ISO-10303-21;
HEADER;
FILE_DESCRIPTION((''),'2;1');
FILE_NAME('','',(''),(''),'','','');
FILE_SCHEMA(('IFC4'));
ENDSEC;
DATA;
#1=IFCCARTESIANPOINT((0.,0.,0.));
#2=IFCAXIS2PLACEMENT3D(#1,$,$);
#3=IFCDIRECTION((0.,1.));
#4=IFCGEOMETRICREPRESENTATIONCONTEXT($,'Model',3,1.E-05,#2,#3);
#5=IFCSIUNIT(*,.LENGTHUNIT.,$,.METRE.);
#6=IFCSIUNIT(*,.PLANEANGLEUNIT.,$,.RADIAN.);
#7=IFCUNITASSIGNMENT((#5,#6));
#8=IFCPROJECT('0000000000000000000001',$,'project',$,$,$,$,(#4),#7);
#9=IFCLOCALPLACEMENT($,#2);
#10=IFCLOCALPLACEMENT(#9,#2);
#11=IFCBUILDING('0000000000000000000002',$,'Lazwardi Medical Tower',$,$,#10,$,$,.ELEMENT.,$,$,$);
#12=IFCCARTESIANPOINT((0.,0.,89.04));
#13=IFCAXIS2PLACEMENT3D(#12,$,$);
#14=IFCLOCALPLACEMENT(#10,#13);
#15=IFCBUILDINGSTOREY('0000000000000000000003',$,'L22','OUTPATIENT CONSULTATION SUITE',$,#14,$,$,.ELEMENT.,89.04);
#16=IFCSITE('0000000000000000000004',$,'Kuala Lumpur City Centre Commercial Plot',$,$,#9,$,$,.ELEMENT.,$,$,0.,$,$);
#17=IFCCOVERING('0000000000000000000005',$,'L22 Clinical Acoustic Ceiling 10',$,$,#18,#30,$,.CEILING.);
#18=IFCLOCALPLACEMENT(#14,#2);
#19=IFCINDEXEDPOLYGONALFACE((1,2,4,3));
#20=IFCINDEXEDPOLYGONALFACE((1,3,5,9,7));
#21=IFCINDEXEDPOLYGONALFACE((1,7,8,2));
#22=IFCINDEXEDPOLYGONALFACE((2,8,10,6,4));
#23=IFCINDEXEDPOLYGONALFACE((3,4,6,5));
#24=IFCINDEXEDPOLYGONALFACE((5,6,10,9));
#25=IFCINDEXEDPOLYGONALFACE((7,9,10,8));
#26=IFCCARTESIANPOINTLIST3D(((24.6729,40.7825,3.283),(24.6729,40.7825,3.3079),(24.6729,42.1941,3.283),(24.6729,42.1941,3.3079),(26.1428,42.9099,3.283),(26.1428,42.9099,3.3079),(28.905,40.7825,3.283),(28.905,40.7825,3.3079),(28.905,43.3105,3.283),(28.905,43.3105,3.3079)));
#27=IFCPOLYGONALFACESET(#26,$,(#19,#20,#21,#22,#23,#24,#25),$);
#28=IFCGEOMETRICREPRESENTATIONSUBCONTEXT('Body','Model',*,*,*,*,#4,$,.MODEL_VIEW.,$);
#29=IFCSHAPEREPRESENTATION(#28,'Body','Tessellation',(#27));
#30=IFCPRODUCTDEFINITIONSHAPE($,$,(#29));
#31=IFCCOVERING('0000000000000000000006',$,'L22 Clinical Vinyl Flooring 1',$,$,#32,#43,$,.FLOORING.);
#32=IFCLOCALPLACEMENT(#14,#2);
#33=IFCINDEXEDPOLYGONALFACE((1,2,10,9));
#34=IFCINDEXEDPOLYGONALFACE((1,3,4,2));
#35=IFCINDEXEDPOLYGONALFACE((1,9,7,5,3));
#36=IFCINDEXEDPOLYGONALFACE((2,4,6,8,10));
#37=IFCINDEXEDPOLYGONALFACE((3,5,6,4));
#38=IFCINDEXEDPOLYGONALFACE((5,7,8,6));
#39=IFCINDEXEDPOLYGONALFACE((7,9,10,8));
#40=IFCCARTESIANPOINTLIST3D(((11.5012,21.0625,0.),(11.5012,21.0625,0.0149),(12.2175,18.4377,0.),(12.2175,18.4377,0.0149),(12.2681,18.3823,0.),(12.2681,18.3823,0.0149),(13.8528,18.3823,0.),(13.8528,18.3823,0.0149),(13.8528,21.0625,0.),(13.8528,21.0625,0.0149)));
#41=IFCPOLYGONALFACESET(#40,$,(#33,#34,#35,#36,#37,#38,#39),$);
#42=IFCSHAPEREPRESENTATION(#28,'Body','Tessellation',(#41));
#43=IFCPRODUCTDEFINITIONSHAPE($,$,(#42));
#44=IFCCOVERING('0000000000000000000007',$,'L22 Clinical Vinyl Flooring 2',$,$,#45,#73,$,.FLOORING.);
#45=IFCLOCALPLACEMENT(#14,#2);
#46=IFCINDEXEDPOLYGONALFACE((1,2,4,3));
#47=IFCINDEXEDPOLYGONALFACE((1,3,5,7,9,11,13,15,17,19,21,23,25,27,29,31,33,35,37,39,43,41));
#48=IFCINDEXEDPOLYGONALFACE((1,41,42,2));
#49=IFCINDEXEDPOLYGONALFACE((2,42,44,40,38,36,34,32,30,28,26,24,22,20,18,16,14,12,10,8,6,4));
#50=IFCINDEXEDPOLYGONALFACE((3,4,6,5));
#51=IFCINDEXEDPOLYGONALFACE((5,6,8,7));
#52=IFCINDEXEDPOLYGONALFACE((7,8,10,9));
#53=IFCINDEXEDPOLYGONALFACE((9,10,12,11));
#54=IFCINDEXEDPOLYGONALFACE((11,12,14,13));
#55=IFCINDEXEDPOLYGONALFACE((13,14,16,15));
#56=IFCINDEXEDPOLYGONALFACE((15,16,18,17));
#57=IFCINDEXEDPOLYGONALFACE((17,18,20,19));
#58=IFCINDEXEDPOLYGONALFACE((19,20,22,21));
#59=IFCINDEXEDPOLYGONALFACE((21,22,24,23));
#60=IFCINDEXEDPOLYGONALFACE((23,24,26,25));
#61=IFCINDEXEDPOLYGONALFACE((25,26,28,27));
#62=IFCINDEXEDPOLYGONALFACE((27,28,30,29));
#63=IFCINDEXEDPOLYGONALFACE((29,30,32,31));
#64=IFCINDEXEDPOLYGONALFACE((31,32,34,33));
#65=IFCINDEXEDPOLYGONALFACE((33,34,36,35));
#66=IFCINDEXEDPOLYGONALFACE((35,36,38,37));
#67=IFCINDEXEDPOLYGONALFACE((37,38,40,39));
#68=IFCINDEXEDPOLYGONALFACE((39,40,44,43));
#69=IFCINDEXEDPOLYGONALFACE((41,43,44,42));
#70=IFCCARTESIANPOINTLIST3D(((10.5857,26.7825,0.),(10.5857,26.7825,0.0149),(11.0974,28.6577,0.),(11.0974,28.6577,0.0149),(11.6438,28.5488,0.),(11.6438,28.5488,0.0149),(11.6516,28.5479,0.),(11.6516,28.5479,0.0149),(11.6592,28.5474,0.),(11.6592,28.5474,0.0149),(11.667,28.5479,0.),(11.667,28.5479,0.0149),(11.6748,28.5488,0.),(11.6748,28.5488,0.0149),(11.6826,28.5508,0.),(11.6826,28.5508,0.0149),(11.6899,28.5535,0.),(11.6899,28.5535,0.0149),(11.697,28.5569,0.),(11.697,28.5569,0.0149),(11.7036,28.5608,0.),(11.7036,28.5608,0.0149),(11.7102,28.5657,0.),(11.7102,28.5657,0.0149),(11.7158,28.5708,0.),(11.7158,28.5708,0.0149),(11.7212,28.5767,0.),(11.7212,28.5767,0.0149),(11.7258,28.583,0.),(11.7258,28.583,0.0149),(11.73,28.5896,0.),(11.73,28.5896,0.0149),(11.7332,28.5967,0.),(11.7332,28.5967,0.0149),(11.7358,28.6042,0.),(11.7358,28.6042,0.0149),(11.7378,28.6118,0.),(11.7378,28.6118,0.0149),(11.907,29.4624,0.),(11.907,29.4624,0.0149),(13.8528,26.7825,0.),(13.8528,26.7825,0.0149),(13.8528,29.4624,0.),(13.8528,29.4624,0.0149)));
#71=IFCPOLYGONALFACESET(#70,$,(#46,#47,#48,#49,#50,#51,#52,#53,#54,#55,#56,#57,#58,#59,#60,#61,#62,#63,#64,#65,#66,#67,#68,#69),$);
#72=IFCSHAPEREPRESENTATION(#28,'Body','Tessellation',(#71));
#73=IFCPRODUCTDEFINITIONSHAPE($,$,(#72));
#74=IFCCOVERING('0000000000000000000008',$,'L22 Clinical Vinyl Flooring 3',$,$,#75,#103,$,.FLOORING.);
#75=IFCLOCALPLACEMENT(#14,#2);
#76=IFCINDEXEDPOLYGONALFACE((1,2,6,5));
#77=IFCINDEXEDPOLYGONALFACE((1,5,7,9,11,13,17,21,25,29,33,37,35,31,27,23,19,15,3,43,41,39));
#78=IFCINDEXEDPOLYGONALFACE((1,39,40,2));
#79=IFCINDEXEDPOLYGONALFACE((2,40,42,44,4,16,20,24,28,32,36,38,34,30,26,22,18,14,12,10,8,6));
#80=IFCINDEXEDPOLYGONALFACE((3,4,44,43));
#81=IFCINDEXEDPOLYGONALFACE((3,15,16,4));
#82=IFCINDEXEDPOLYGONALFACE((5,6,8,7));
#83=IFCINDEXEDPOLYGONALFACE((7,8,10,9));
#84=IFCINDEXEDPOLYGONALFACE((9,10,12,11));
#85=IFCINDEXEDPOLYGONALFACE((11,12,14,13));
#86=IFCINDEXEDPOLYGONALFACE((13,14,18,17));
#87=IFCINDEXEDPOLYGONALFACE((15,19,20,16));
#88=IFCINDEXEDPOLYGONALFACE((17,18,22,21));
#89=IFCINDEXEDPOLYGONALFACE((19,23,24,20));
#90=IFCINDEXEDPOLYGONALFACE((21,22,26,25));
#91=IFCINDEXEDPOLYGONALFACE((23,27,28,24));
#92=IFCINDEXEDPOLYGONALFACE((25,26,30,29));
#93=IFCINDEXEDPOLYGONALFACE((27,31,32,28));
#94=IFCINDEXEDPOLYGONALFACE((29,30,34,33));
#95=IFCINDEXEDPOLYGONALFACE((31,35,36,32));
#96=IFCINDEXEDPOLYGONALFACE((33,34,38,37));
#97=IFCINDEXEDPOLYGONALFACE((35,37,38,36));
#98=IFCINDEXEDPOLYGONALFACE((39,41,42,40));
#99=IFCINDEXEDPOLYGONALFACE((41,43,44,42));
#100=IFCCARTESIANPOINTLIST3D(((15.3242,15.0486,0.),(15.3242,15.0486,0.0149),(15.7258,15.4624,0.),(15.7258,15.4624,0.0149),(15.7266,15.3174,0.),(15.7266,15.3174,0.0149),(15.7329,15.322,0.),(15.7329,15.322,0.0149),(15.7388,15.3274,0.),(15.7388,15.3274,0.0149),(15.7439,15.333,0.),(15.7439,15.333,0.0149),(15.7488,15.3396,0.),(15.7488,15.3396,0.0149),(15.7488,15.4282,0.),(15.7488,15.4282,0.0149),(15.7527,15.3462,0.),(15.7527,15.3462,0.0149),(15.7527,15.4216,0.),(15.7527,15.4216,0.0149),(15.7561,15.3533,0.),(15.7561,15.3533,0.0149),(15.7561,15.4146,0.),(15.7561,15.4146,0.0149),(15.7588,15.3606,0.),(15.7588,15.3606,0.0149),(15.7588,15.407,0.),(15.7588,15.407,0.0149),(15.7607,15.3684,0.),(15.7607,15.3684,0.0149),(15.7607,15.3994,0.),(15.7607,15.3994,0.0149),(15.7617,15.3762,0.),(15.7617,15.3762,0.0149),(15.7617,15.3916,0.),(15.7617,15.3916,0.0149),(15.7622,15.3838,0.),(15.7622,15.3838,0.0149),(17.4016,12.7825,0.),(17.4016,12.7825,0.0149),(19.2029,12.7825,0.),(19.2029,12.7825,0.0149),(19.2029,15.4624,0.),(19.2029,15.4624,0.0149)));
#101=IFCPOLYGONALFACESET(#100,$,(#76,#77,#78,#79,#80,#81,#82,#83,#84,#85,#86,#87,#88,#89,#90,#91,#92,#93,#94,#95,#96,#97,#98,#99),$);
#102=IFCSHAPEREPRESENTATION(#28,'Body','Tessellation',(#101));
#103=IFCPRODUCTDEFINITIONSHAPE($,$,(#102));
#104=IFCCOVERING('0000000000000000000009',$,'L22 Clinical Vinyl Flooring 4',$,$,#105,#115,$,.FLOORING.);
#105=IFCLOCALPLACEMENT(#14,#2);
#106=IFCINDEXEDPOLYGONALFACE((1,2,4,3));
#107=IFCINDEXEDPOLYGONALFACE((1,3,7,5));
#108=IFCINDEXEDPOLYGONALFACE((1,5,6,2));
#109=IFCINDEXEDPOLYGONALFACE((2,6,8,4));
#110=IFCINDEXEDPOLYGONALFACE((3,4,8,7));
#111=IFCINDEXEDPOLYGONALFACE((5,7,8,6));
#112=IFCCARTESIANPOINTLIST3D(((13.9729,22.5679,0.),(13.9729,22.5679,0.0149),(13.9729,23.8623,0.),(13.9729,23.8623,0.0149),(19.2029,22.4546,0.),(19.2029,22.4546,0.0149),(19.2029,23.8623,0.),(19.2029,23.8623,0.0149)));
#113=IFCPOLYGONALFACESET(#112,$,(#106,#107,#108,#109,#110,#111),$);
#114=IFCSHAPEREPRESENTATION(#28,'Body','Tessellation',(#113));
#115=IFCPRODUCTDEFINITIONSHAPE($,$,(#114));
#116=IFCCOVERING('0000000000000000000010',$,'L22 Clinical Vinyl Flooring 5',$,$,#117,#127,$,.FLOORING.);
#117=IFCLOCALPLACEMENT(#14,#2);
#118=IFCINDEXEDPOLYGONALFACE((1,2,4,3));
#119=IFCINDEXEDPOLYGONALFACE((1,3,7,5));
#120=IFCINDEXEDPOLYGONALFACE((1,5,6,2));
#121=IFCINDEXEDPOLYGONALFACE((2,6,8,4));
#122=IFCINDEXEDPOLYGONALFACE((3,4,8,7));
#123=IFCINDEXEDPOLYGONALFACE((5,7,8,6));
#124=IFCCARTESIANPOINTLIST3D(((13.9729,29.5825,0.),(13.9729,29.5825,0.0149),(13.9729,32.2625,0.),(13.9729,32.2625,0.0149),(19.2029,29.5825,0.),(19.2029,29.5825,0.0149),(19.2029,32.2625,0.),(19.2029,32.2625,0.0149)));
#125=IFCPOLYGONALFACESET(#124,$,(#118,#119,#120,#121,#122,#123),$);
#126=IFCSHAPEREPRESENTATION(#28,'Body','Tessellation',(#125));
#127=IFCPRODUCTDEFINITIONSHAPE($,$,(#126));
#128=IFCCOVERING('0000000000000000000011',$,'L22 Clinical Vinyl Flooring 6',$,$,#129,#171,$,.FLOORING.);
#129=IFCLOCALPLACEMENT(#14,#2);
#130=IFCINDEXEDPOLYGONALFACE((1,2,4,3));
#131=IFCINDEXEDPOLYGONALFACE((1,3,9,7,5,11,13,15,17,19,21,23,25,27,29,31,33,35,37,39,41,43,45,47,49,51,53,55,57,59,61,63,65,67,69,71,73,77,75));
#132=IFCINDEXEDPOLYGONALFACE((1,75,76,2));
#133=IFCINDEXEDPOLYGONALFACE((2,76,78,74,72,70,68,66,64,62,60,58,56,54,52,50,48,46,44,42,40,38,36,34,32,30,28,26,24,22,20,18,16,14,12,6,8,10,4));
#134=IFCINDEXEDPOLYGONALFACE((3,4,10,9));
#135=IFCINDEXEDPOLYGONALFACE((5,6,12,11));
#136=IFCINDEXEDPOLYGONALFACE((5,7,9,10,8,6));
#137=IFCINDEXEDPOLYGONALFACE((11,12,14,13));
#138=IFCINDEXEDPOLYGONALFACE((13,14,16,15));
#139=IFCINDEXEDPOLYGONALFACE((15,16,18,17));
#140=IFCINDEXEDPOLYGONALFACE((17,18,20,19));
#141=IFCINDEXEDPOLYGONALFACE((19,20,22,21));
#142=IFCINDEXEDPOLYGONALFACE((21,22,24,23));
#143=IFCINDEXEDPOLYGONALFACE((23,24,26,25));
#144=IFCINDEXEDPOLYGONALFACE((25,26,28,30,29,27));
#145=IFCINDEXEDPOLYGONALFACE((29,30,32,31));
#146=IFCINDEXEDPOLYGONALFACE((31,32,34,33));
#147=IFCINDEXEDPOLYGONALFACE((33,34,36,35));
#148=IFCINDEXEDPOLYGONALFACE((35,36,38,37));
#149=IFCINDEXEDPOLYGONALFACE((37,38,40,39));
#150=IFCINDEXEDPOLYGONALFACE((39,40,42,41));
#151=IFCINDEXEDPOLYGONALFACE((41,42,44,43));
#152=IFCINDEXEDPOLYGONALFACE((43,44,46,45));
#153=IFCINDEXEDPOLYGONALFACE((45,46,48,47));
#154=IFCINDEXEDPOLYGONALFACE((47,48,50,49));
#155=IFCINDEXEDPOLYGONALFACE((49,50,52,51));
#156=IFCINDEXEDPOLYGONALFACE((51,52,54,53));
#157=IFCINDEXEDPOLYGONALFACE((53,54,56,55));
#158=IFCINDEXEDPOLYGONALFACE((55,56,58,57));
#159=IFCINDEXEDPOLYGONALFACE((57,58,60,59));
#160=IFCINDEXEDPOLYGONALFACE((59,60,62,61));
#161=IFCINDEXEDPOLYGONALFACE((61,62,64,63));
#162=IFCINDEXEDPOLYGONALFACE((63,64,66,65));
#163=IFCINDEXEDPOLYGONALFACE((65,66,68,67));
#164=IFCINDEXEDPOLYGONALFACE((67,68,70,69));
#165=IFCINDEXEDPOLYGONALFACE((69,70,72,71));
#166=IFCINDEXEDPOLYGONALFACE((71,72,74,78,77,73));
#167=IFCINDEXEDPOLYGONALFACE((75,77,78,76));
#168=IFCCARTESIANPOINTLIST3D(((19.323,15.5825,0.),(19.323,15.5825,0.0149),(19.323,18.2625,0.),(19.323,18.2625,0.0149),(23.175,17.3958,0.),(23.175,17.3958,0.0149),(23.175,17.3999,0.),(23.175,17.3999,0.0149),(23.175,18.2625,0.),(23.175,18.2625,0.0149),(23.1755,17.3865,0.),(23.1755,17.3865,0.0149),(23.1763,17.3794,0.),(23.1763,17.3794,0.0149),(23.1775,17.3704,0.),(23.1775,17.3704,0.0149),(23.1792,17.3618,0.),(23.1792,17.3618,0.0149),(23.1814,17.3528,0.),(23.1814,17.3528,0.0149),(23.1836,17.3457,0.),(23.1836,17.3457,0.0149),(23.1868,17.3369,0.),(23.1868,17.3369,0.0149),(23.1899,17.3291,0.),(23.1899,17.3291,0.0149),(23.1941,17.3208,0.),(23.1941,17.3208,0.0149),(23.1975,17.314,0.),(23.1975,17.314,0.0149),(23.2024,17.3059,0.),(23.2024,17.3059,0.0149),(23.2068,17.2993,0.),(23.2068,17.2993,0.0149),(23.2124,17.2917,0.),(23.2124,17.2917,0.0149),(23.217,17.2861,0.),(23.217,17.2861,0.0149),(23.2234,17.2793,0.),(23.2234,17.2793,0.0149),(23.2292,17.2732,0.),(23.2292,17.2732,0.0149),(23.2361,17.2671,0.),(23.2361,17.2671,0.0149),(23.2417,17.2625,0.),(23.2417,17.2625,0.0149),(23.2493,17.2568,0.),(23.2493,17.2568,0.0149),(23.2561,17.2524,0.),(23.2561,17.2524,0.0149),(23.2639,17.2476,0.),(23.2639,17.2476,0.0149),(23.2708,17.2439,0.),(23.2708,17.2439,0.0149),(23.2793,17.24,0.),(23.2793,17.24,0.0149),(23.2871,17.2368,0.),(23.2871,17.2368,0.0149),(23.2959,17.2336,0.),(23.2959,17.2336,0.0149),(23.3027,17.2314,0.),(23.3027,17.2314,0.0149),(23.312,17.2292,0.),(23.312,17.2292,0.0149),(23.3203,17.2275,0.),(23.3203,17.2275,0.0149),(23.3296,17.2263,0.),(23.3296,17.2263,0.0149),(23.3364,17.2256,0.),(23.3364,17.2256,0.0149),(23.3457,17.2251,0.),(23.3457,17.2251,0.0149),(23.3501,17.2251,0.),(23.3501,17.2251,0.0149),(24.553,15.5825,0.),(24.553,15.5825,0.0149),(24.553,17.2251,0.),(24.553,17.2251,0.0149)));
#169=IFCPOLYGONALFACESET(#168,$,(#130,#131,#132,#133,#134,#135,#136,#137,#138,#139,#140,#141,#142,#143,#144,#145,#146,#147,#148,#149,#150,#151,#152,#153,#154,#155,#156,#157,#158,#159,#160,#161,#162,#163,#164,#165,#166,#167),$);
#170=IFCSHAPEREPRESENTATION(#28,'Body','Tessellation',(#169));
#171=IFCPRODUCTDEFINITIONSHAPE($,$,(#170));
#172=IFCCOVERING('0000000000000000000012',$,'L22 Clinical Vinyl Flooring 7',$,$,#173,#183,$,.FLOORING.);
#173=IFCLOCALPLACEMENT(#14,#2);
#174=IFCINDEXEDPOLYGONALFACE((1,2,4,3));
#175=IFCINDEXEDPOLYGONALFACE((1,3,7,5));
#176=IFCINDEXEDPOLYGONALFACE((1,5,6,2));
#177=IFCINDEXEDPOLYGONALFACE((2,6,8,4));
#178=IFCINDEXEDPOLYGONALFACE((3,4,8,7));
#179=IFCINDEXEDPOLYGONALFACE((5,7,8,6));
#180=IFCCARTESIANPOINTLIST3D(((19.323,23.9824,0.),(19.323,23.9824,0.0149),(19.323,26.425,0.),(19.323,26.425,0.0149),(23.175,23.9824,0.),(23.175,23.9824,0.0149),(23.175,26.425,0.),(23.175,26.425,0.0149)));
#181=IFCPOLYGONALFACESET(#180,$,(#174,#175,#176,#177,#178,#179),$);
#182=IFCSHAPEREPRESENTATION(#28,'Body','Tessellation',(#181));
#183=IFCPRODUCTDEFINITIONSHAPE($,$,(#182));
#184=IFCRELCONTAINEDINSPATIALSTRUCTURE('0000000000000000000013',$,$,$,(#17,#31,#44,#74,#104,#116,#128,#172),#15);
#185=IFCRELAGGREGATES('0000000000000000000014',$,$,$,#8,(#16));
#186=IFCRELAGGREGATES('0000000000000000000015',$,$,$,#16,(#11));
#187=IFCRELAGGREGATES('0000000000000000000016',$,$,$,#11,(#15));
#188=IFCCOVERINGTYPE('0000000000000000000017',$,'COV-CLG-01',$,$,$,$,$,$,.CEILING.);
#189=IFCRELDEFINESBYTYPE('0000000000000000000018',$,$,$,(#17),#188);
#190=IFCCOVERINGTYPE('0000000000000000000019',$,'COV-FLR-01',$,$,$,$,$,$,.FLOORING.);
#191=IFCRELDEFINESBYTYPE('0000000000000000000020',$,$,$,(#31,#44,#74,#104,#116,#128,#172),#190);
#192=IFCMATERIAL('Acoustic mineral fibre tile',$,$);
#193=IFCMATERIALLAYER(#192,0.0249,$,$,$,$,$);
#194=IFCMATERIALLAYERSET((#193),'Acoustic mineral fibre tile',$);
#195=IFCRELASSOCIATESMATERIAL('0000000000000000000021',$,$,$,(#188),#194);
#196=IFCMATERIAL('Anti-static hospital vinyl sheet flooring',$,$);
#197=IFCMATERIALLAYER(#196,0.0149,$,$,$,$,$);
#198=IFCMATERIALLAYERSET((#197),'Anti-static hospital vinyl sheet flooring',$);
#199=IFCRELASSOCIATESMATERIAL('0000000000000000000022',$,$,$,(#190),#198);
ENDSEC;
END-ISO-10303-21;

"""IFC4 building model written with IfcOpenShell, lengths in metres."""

from ifc_helpers import new_model, si_unit, direction, frame, origin, place, context, subcontext, project, spatial, polyline, outline, extrude, material, layer, layer_set, type_object, element, save


model = new_model("IFC4")

# Units and contexts
model_context = context("Model", 3, precision=1e-05, world=origin(), true_north=direction((0.0, 1.0)))
body_context = subcontext(model_context, "Body", "Model", "MODEL_VIEW")
ifc_project = project(units=[si_unit("LENGTHUNIT", "METRE"), si_unit("PLANEANGLEUNIT", "RADIAN")], contexts=[model_context])

# Site, building, storey
site_placement = place(None, origin())
site = spatial("IfcSite", under=ifc_project, at=site_placement, Name="Kuala Lumpur City Centre Commercial Plot", CompositionType="ELEMENT", RefElevation=0.0)
building_placement = place(site_placement, origin())
building = spatial("IfcBuilding", under=site, at=building_placement, Name="Lazwardi Medical Tower", CompositionType="ELEMENT")
storey_placement = place(building_placement, frame((0.0, 0.0, 89.04)))
storey = spatial("IfcBuildingStorey", under=building, at=storey_placement, Name="L22", Description="OUTPATIENT CONSULTATION SUITE", CompositionType="ELEMENT", Elevation=89.04)

# Coverings
ifc_material_1 = material(Name="Acoustic mineral fibre tile")
ifc_layer_1 = layer(ifc_material_1, 0.0249)
ifc_layer_set_1 = layer_set([ifc_layer_1], Name="Acoustic mineral fibre tile")
covering_type_1 = type_object("IfcCoveringType", Name="COV-CLG-01", PredefinedType="CEILING", material=ifc_layer_set_1)
covering_1_placement = place(storey_placement, frame((0.0, 0.0, 3.283)))
element("IfcCovering", 1, at=covering_1_placement, inside=storey, type_object=covering_type_1, Name="L22 Clinical Acoustic Ceiling 10", PredefinedType="CEILING", context=body_context, shape_type="SweptSolid", body=[
    extrude(outline(polyline([(28.905, 40.7825), (28.905, 43.3105), (26.1428, 42.9099), (24.6729, 42.1941), (24.6729, 40.7825), (28.905, 40.7825)])), origin(), (0.0, 0.0, 1.0), 0.0249),
])
ifc_material_2 = material(Name="Anti-static hospital vinyl sheet flooring")
ifc_layer_2 = layer(ifc_material_2, 0.0149)
ifc_layer_set_2 = layer_set([ifc_layer_2], Name="Anti-static hospital vinyl sheet flooring")
covering_type_2 = type_object("IfcCoveringType", Name="COV-FLR-01", PredefinedType="FLOORING", material=ifc_layer_set_2)
covering_2_placement = place(storey_placement, origin())
element("IfcCovering", 2, at=covering_2_placement, inside=storey, type_object=covering_type_2, Name="L22 Clinical Vinyl Flooring 1", PredefinedType="FLOORING", context=body_context, shape_type="SweptSolid", body=[
    extrude(outline(polyline([(11.5012, 21.0625), (12.2175, 18.4377), (12.2681, 18.3823), (13.8528, 18.3823), (13.8528, 21.0625), (11.5012, 21.0625)])), origin(), (0.0, 0.0, 1.0), 0.0149),
])
covering_3_placement = place(storey_placement, origin())
element("IfcCovering", 3, at=covering_3_placement, inside=storey, type_object=covering_type_2, Name="L22 Clinical Vinyl Flooring 2", PredefinedType="FLOORING", context=body_context, shape_type="SweptSolid", body=[
    extrude(outline(polyline([(11.907, 29.4624), (11.7378, 28.6118), (11.7358, 28.6042), (11.7332, 28.5967), (11.73, 28.5896), (11.7258, 28.583), (11.7212, 28.5767), (11.7158, 28.5708), (11.7102, 28.5657), (11.7036, 28.5608), (11.697, 28.5569), (11.6899, 28.5535), (11.6826, 28.5508), (11.6748, 28.5488), (11.667, 28.5479), (11.6592, 28.5474), (11.6516, 28.5479), (11.6438, 28.5488), (11.0974, 28.6577), (10.5857, 26.7825), (13.8528, 26.7825), (13.8528, 29.4624), (11.907, 29.4624)])), origin(), (0.0, 0.0, 1.0), 0.0149),
])
covering_4_placement = place(storey_placement, origin())
element("IfcCovering", 4, at=covering_4_placement, inside=storey, type_object=covering_type_2, Name="L22 Clinical Vinyl Flooring 3", PredefinedType="FLOORING", context=body_context, shape_type="SweptSolid", body=[
    extrude(outline(polyline([(15.7258, 15.4624), (15.7488, 15.4282), (15.7527, 15.4216), (15.7561, 15.4146), (15.7588, 15.407), (15.7607, 15.3994), (15.7617, 15.3916), (15.7622, 15.3838), (15.7617, 15.3762), (15.7607, 15.3684), (15.7588, 15.3606), (15.7561, 15.3533), (15.7527, 15.3462), (15.7488, 15.3396), (15.7439, 15.333), (15.7388, 15.3274), (15.7329, 15.322), (15.7266, 15.3174), (15.3242, 15.0486), (17.4016, 12.7825), (19.2029, 12.7825), (19.2029, 15.4624), (15.7258, 15.4624)])), origin(), (0.0, 0.0, 1.0), 0.0149),
])
covering_5_placement = place(storey_placement, origin())
element("IfcCovering", 5, at=covering_5_placement, inside=storey, type_object=covering_type_2, Name="L22 Clinical Vinyl Flooring 4", PredefinedType="FLOORING", context=body_context, shape_type="SweptSolid", body=[
    extrude(outline(polyline([(13.9729, 22.5679), (19.2029, 22.4546), (19.2029, 23.8623), (13.9729, 23.8623), (13.9729, 22.5679)])), origin(), (0.0, 0.0, 1.0), 0.0149),
])
covering_6_placement = place(storey_placement, origin())
element("IfcCovering", 6, at=covering_6_placement, inside=storey, type_object=covering_type_2, Name="L22 Clinical Vinyl Flooring 5", PredefinedType="FLOORING", context=body_context, shape_type="SweptSolid", body=[
    extrude(outline(polyline([(19.2029, 29.5825), (19.2029, 32.2625), (13.9729, 32.2625), (13.9729, 29.5825), (19.2029, 29.5825)])), origin(), (0.0, 0.0, 1.0), 0.0149),
])
covering_7_placement = place(storey_placement, origin())
element("IfcCovering", 7, at=covering_7_placement, inside=storey, type_object=covering_type_2, Name="L22 Clinical Vinyl Flooring 6", PredefinedType="FLOORING", context=body_context, shape_type="SweptSolid", body=[
    extrude(outline(polyline([(24.553, 17.2251), (23.3501, 17.2251), (23.3457, 17.2251), (23.3364, 17.2256), (23.3296, 17.2263), (23.3203, 17.2275), (23.312, 17.2292), (23.3027, 17.2314), (23.2959, 17.2336), (23.2871, 17.2368), (23.2793, 17.24), (23.2708, 17.2439), (23.2639, 17.2476), (23.2561, 17.2524), (23.2493, 17.2568), (23.2417, 17.2625), (23.2361, 17.2671), (23.2292, 17.2732), (23.2234, 17.2793), (23.217, 17.2861), (23.2124, 17.2917), (23.2068, 17.2993), (23.2024, 17.3059), (23.1975, 17.314), (23.1941, 17.3208), (23.1899, 17.3291), (23.1868, 17.3369), (23.1836, 17.3457), (23.1814, 17.3528), (23.1792, 17.3618), (23.1775, 17.3704), (23.1763, 17.3794), (23.1755, 17.3865), (23.175, 17.3958), (23.175, 17.3999), (23.175, 18.2625), (19.323, 18.2625), (19.323, 15.5825), (24.553, 15.5825), (24.553, 17.2251)])), origin(), (0.0, 0.0, 1.0), 0.0149),
])
covering_8_placement = place(storey_placement, origin())
element("IfcCovering", 8, at=covering_8_placement, inside=storey, type_object=covering_type_2, Name="L22 Clinical Vinyl Flooring 7", PredefinedType="FLOORING", context=body_context, shape_type="SweptSolid", body=[
    extrude(outline(polyline([(23.175, 23.9824), (23.175, 26.425), (19.323, 26.425), (19.323, 23.9824), (23.175, 23.9824)])), origin(), (0.0, 0.0, 1.0), 0.0149),
])

save(model, "model.ifc")
